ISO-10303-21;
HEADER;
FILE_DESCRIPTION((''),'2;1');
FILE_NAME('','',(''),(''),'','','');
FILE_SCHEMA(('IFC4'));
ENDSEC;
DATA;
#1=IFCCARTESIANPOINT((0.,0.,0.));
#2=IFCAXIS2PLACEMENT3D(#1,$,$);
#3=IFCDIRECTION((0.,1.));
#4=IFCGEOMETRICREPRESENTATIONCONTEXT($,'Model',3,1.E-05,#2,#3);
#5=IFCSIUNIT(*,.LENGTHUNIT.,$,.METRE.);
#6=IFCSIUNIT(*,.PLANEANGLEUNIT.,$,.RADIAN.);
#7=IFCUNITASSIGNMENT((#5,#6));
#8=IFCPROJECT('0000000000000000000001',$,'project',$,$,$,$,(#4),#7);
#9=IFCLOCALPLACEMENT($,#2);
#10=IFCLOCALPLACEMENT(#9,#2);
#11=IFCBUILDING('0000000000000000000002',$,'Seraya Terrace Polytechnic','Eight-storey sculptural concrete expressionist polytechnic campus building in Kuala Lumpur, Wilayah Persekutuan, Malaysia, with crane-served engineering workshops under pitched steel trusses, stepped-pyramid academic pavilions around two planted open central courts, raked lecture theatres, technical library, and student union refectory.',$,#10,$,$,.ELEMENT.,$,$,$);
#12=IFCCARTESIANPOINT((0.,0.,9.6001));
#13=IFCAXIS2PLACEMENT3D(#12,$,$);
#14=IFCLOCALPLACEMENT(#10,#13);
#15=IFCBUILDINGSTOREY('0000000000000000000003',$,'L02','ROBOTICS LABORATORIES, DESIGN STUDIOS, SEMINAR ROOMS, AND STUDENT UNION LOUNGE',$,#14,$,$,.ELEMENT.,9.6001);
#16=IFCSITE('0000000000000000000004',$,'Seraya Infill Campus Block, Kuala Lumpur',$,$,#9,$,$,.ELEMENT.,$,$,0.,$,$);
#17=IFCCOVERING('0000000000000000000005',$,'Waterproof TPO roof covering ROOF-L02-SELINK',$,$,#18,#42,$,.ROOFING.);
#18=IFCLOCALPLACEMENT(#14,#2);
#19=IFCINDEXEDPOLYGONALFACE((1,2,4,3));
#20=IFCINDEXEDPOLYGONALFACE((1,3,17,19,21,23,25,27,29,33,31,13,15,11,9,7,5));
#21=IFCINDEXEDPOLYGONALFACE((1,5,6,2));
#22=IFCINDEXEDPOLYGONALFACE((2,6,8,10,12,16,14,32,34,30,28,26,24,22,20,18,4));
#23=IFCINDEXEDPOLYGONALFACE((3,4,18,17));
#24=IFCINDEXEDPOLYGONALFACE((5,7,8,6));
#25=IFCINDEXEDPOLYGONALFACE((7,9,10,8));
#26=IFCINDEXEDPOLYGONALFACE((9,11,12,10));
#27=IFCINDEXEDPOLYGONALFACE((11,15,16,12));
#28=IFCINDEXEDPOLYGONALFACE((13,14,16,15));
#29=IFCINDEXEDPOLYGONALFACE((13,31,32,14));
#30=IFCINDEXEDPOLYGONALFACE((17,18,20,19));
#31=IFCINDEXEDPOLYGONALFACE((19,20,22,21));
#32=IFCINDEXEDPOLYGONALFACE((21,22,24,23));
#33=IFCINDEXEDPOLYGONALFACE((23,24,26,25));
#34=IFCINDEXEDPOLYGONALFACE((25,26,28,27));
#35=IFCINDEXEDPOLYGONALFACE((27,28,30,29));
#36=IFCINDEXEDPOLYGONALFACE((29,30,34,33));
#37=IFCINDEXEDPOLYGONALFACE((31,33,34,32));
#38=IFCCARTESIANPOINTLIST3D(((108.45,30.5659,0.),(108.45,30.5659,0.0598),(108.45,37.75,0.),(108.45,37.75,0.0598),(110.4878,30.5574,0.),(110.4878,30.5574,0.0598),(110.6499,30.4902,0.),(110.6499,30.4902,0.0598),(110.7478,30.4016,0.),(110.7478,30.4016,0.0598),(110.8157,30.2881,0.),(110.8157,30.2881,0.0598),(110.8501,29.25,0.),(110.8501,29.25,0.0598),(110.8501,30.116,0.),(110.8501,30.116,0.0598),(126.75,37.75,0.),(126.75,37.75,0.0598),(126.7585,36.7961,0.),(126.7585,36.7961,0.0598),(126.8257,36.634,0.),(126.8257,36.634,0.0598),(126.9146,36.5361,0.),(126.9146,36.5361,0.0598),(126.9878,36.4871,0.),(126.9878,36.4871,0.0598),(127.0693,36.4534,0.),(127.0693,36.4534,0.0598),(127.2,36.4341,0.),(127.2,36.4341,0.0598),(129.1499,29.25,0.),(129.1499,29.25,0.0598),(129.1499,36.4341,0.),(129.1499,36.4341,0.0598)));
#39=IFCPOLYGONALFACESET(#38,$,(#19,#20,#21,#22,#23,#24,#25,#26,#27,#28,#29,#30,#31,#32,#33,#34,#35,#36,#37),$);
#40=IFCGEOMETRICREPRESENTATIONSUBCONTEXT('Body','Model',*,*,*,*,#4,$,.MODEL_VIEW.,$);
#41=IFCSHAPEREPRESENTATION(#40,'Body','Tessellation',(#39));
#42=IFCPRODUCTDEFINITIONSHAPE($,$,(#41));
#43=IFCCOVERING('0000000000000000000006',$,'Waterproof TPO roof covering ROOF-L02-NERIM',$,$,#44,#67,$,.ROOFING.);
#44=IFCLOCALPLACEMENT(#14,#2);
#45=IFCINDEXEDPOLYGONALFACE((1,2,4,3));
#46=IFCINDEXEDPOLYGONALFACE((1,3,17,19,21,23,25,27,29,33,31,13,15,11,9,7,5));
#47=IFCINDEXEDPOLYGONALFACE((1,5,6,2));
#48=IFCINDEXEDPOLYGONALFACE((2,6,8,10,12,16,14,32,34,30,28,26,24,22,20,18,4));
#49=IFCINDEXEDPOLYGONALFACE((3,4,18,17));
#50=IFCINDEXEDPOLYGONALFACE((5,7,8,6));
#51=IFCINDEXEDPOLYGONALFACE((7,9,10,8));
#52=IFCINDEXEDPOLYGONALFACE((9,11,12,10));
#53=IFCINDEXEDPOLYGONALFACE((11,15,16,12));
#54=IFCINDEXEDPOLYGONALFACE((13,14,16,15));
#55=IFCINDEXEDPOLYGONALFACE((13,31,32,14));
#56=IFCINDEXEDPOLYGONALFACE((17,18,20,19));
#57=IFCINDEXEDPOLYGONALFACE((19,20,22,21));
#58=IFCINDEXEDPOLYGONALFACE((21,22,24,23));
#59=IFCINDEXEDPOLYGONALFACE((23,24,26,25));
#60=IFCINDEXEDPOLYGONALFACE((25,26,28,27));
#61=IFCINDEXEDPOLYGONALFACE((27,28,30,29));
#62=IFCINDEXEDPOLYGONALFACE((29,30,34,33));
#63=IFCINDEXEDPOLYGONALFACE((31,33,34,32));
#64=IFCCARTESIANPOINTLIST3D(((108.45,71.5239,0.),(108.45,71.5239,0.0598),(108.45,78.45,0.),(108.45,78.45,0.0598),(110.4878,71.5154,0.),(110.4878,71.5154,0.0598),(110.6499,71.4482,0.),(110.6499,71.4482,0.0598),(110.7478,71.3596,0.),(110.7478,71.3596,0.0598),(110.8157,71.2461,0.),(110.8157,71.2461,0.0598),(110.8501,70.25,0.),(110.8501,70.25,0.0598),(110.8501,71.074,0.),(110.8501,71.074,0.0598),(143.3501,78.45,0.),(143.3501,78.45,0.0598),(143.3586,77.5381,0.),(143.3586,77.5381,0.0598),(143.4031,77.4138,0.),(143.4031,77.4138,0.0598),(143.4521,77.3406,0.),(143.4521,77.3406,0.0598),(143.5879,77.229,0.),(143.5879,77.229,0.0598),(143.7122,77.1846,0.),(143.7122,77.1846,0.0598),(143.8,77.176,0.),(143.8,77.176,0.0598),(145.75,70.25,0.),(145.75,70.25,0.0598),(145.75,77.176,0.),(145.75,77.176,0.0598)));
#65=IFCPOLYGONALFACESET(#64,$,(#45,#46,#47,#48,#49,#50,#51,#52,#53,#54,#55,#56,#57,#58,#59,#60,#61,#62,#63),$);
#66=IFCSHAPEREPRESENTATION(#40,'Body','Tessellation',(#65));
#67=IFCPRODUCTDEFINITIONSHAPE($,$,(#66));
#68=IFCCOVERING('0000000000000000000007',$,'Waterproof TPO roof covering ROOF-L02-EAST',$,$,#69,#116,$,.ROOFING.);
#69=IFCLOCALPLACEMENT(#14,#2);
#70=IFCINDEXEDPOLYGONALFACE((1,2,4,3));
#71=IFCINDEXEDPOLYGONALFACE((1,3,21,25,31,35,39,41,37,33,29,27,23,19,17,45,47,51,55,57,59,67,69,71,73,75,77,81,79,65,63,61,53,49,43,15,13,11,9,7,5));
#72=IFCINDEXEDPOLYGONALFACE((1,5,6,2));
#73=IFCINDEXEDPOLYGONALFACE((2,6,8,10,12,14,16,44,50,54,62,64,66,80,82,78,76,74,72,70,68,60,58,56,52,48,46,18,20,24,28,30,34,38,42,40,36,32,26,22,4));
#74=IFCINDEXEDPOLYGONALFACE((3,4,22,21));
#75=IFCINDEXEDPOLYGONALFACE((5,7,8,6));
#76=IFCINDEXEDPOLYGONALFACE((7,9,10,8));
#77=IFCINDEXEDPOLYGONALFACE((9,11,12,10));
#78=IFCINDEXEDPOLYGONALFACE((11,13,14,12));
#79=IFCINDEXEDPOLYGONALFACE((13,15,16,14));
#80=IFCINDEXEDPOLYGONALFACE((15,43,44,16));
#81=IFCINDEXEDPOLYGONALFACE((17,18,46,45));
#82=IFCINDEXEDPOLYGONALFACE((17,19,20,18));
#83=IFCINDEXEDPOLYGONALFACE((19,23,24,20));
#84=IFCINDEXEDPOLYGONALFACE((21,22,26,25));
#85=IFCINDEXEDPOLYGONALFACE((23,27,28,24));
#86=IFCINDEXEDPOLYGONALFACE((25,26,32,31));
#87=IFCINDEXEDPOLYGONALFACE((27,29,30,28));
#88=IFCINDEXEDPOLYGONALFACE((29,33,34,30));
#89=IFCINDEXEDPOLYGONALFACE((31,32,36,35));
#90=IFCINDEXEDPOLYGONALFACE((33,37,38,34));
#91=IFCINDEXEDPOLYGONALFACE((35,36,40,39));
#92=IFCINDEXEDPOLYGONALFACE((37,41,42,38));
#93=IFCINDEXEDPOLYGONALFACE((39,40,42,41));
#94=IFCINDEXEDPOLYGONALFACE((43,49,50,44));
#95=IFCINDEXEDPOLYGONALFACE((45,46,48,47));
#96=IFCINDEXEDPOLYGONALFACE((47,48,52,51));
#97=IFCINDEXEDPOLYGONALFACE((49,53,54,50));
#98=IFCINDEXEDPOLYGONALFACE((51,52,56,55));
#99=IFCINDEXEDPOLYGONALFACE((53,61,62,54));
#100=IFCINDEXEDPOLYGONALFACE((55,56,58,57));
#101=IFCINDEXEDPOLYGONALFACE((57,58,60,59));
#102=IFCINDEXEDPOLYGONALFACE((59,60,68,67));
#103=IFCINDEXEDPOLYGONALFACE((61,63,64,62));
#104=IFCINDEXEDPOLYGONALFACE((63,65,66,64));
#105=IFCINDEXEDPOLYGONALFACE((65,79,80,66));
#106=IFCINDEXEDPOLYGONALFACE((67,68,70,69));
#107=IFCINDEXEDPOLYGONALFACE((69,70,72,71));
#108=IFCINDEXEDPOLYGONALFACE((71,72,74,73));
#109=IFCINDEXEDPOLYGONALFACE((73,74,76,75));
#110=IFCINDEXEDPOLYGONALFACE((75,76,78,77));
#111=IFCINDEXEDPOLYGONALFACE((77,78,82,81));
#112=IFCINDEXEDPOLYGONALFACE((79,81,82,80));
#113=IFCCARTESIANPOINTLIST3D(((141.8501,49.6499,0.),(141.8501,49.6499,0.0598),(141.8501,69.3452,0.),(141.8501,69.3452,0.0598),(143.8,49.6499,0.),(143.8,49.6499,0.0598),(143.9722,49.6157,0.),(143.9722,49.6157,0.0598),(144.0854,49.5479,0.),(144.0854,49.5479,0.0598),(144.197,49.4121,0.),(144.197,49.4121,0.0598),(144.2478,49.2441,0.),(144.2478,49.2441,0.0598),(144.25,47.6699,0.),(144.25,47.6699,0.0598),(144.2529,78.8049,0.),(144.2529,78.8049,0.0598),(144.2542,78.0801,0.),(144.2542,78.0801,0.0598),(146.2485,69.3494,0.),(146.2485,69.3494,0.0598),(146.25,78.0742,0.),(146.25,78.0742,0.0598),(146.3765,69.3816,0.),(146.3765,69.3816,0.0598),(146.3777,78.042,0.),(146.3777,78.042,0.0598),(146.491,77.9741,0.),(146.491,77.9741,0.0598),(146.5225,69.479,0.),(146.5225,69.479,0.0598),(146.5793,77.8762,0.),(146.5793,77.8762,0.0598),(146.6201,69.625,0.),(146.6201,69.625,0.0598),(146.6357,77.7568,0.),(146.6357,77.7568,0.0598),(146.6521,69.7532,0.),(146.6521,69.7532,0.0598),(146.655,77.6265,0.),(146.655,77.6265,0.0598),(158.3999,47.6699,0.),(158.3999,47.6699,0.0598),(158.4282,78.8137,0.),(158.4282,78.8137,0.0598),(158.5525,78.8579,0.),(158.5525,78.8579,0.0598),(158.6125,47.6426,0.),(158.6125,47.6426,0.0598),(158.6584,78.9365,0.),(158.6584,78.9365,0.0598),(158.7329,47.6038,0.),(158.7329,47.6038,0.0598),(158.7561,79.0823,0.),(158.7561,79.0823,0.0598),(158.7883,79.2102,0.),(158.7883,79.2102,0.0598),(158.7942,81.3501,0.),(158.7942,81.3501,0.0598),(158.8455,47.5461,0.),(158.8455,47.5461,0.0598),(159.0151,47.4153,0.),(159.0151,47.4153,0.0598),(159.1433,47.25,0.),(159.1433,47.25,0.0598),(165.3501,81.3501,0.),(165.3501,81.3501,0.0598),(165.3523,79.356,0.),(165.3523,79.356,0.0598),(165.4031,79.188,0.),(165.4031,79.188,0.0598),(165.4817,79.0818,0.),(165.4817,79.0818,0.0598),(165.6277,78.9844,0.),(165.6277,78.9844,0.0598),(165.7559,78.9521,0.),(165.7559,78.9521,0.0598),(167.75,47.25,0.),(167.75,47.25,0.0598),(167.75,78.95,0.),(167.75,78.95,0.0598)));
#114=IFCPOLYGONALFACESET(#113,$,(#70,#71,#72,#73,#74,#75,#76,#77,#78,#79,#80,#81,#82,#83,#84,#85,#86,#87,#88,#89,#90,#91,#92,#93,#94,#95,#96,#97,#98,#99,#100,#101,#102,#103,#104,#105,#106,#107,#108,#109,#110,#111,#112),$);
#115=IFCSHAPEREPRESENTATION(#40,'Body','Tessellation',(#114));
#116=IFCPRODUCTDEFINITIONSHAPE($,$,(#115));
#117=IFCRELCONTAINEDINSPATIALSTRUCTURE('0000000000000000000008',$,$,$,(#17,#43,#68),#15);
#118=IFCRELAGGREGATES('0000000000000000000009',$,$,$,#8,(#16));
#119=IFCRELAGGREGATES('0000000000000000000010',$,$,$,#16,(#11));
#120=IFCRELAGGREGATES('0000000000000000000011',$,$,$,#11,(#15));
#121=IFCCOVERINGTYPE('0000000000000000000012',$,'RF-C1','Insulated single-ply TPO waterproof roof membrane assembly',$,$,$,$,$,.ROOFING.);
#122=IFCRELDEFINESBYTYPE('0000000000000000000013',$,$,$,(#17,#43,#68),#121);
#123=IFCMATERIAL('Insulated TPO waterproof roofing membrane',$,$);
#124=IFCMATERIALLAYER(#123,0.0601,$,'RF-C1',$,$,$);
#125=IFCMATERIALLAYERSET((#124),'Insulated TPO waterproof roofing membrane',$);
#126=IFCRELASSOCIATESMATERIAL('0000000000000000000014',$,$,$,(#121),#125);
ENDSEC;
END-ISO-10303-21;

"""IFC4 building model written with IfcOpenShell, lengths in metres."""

from ifc_helpers import new_model, si_unit, direction, frame, origin, place, context, subcontext, project, spatial, polyline, outline, extrude, material, layer, layer_set, type_object, element, save


model = new_model("IFC4")

# Units and contexts
model_context = context("Model", 3, precision=1e-05, world=origin(), true_north=direction((0.0, 1.0)))
body_context = subcontext(model_context, "Body", "Model", "MODEL_VIEW")
ifc_project = project(units=[si_unit("LENGTHUNIT", "METRE"), si_unit("PLANEANGLEUNIT", "RADIAN")], contexts=[model_context])

# Site, building, storey
site_placement = place(None, origin())
site = spatial("IfcSite", under=ifc_project, at=site_placement, Name="Seraya Infill Campus Block, Kuala Lumpur", CompositionType="ELEMENT", RefElevation=0.0)
building_placement = place(site_placement, origin())
building = spatial("IfcBuilding", under=site, at=building_placement, Name="Seraya Terrace Polytechnic", Description="Eight-storey sculptural concrete expressionist polytechnic campus building in Kuala Lumpur, Wilayah Persekutuan, Malaysia, with crane-served engineering workshops under pitched steel trusses, stepped-pyramid academic pavilions around two planted open central courts, raked lecture theatres, technical library, and student union refectory.", CompositionType="ELEMENT")
storey_placement = place(building_placement, frame((0.0, 0.0, 9.6001)))
storey = spatial("IfcBuildingStorey", under=building, at=storey_placement, Name="L02", Description="ROBOTICS LABORATORIES, DESIGN STUDIOS, SEMINAR ROOMS, AND STUDENT UNION LOUNGE", CompositionType="ELEMENT", Elevation=9.6001)

# Coverings
ifc_material_1 = material(Name="Insulated TPO waterproof roofing membrane")
ifc_layer_1 = layer(ifc_material_1, 0.0601, Name="RF-C1")
ifc_layer_set_1 = layer_set([ifc_layer_1], Name="Insulated TPO waterproof roofing membrane")
covering_type = type_object("IfcCoveringType", Name="RF-C1", Description="Insulated single-ply TPO waterproof roof membrane assembly", PredefinedType="ROOFING", material=ifc_layer_set_1)
covering_1_placement = place(storey_placement, origin())
element("IfcCovering", 1, at=covering_1_placement, inside=storey, type_object=covering_type, Name="Waterproof TPO roof covering ROOF-L02-SELINK", PredefinedType="ROOFING", context=body_context, shape_type="SweptSolid", body=[
    extrude(outline(polyline([(110.8501, 30.116), (110.8157, 30.2881), (110.7478, 30.4016), (110.6499, 30.4902), (110.4878, 30.5574), (108.45, 30.5659), (108.45, 37.75), (126.75, 37.75), (126.7585, 36.7961), (126.8257, 36.634), (126.9146, 36.5361), (126.9878, 36.4871), (127.0693, 36.4534), (127.2, 36.4341), (129.1499, 36.4341), (129.1499, 29.25), (110.8501, 29.25), (110.8501, 30.116)])), origin(), (0.0, 0.0, 1.0), 0.0598),
])
covering_2_placement = place(storey_placement, origin())
element("IfcCovering", 2, at=covering_2_placement, inside=storey, type_object=covering_type, Name="Waterproof TPO roof covering ROOF-L02-NERIM", PredefinedType="ROOFING", context=body_context, shape_type="SweptSolid", body=[
    extrude(outline(polyline([(110.8501, 71.074), (110.8157, 71.2461), (110.7478, 71.3596), (110.6499, 71.4482), (110.4878, 71.5154), (108.45, 71.5239), (108.45, 78.45), (143.3501, 78.45), (143.3586, 77.5381), (143.4031, 77.4138), (143.4521, 77.3406), (143.5879, 77.229), (143.7122, 77.1846), (143.8, 77.176), (145.75, 77.176), (145.75, 70.25), (110.8501, 70.25), (110.8501, 71.074)])), origin(), (0.0, 0.0, 1.0), 0.0598),
])
covering_3_placement = place(storey_placement, origin())
element("IfcCovering", 3, at=covering_3_placement, inside=storey, type_object=covering_type, Name="Waterproof TPO roof covering ROOF-L02-EAST", PredefinedType="ROOFING", context=body_context, shape_type="SweptSolid", body=[
    extrude(outline(polyline([(144.2529, 78.8049), (158.4282, 78.8137), (158.5525, 78.8579), (158.6584, 78.9365), (158.7561, 79.0823), (158.7883, 79.2102), (158.7942, 81.3501), (165.3501, 81.3501), (165.3523, 79.356), (165.4031, 79.188), (165.4817, 79.0818), (165.6277, 78.9844), (165.7559, 78.9521), (167.75, 78.95), (167.75, 47.25), (159.1433, 47.25), (159.0151, 47.4153), (158.8455, 47.5461), (158.7329, 47.6038), (158.6125, 47.6426), (158.3999, 47.6699), (144.25, 47.6699), (144.2478, 49.2441), (144.197, 49.4121), (144.0854, 49.5479), (143.9722, 49.6157), (143.8, 49.6499), (141.8501, 49.6499), (141.8501, 69.3452), (146.2485, 69.3494), (146.3765, 69.3816), (146.5225, 69.479), (146.6201, 69.625), (146.6521, 69.7532), (146.655, 77.6265), (146.6357, 77.7568), (146.5793, 77.8762), (146.491, 77.9741), (146.3777, 78.042), (146.25, 78.0742), (144.2542, 78.0801), (144.2529, 78.8049)])), origin(), (0.0, 0.0, 1.0), 0.0598),
])

save(model, "model.ifc")
